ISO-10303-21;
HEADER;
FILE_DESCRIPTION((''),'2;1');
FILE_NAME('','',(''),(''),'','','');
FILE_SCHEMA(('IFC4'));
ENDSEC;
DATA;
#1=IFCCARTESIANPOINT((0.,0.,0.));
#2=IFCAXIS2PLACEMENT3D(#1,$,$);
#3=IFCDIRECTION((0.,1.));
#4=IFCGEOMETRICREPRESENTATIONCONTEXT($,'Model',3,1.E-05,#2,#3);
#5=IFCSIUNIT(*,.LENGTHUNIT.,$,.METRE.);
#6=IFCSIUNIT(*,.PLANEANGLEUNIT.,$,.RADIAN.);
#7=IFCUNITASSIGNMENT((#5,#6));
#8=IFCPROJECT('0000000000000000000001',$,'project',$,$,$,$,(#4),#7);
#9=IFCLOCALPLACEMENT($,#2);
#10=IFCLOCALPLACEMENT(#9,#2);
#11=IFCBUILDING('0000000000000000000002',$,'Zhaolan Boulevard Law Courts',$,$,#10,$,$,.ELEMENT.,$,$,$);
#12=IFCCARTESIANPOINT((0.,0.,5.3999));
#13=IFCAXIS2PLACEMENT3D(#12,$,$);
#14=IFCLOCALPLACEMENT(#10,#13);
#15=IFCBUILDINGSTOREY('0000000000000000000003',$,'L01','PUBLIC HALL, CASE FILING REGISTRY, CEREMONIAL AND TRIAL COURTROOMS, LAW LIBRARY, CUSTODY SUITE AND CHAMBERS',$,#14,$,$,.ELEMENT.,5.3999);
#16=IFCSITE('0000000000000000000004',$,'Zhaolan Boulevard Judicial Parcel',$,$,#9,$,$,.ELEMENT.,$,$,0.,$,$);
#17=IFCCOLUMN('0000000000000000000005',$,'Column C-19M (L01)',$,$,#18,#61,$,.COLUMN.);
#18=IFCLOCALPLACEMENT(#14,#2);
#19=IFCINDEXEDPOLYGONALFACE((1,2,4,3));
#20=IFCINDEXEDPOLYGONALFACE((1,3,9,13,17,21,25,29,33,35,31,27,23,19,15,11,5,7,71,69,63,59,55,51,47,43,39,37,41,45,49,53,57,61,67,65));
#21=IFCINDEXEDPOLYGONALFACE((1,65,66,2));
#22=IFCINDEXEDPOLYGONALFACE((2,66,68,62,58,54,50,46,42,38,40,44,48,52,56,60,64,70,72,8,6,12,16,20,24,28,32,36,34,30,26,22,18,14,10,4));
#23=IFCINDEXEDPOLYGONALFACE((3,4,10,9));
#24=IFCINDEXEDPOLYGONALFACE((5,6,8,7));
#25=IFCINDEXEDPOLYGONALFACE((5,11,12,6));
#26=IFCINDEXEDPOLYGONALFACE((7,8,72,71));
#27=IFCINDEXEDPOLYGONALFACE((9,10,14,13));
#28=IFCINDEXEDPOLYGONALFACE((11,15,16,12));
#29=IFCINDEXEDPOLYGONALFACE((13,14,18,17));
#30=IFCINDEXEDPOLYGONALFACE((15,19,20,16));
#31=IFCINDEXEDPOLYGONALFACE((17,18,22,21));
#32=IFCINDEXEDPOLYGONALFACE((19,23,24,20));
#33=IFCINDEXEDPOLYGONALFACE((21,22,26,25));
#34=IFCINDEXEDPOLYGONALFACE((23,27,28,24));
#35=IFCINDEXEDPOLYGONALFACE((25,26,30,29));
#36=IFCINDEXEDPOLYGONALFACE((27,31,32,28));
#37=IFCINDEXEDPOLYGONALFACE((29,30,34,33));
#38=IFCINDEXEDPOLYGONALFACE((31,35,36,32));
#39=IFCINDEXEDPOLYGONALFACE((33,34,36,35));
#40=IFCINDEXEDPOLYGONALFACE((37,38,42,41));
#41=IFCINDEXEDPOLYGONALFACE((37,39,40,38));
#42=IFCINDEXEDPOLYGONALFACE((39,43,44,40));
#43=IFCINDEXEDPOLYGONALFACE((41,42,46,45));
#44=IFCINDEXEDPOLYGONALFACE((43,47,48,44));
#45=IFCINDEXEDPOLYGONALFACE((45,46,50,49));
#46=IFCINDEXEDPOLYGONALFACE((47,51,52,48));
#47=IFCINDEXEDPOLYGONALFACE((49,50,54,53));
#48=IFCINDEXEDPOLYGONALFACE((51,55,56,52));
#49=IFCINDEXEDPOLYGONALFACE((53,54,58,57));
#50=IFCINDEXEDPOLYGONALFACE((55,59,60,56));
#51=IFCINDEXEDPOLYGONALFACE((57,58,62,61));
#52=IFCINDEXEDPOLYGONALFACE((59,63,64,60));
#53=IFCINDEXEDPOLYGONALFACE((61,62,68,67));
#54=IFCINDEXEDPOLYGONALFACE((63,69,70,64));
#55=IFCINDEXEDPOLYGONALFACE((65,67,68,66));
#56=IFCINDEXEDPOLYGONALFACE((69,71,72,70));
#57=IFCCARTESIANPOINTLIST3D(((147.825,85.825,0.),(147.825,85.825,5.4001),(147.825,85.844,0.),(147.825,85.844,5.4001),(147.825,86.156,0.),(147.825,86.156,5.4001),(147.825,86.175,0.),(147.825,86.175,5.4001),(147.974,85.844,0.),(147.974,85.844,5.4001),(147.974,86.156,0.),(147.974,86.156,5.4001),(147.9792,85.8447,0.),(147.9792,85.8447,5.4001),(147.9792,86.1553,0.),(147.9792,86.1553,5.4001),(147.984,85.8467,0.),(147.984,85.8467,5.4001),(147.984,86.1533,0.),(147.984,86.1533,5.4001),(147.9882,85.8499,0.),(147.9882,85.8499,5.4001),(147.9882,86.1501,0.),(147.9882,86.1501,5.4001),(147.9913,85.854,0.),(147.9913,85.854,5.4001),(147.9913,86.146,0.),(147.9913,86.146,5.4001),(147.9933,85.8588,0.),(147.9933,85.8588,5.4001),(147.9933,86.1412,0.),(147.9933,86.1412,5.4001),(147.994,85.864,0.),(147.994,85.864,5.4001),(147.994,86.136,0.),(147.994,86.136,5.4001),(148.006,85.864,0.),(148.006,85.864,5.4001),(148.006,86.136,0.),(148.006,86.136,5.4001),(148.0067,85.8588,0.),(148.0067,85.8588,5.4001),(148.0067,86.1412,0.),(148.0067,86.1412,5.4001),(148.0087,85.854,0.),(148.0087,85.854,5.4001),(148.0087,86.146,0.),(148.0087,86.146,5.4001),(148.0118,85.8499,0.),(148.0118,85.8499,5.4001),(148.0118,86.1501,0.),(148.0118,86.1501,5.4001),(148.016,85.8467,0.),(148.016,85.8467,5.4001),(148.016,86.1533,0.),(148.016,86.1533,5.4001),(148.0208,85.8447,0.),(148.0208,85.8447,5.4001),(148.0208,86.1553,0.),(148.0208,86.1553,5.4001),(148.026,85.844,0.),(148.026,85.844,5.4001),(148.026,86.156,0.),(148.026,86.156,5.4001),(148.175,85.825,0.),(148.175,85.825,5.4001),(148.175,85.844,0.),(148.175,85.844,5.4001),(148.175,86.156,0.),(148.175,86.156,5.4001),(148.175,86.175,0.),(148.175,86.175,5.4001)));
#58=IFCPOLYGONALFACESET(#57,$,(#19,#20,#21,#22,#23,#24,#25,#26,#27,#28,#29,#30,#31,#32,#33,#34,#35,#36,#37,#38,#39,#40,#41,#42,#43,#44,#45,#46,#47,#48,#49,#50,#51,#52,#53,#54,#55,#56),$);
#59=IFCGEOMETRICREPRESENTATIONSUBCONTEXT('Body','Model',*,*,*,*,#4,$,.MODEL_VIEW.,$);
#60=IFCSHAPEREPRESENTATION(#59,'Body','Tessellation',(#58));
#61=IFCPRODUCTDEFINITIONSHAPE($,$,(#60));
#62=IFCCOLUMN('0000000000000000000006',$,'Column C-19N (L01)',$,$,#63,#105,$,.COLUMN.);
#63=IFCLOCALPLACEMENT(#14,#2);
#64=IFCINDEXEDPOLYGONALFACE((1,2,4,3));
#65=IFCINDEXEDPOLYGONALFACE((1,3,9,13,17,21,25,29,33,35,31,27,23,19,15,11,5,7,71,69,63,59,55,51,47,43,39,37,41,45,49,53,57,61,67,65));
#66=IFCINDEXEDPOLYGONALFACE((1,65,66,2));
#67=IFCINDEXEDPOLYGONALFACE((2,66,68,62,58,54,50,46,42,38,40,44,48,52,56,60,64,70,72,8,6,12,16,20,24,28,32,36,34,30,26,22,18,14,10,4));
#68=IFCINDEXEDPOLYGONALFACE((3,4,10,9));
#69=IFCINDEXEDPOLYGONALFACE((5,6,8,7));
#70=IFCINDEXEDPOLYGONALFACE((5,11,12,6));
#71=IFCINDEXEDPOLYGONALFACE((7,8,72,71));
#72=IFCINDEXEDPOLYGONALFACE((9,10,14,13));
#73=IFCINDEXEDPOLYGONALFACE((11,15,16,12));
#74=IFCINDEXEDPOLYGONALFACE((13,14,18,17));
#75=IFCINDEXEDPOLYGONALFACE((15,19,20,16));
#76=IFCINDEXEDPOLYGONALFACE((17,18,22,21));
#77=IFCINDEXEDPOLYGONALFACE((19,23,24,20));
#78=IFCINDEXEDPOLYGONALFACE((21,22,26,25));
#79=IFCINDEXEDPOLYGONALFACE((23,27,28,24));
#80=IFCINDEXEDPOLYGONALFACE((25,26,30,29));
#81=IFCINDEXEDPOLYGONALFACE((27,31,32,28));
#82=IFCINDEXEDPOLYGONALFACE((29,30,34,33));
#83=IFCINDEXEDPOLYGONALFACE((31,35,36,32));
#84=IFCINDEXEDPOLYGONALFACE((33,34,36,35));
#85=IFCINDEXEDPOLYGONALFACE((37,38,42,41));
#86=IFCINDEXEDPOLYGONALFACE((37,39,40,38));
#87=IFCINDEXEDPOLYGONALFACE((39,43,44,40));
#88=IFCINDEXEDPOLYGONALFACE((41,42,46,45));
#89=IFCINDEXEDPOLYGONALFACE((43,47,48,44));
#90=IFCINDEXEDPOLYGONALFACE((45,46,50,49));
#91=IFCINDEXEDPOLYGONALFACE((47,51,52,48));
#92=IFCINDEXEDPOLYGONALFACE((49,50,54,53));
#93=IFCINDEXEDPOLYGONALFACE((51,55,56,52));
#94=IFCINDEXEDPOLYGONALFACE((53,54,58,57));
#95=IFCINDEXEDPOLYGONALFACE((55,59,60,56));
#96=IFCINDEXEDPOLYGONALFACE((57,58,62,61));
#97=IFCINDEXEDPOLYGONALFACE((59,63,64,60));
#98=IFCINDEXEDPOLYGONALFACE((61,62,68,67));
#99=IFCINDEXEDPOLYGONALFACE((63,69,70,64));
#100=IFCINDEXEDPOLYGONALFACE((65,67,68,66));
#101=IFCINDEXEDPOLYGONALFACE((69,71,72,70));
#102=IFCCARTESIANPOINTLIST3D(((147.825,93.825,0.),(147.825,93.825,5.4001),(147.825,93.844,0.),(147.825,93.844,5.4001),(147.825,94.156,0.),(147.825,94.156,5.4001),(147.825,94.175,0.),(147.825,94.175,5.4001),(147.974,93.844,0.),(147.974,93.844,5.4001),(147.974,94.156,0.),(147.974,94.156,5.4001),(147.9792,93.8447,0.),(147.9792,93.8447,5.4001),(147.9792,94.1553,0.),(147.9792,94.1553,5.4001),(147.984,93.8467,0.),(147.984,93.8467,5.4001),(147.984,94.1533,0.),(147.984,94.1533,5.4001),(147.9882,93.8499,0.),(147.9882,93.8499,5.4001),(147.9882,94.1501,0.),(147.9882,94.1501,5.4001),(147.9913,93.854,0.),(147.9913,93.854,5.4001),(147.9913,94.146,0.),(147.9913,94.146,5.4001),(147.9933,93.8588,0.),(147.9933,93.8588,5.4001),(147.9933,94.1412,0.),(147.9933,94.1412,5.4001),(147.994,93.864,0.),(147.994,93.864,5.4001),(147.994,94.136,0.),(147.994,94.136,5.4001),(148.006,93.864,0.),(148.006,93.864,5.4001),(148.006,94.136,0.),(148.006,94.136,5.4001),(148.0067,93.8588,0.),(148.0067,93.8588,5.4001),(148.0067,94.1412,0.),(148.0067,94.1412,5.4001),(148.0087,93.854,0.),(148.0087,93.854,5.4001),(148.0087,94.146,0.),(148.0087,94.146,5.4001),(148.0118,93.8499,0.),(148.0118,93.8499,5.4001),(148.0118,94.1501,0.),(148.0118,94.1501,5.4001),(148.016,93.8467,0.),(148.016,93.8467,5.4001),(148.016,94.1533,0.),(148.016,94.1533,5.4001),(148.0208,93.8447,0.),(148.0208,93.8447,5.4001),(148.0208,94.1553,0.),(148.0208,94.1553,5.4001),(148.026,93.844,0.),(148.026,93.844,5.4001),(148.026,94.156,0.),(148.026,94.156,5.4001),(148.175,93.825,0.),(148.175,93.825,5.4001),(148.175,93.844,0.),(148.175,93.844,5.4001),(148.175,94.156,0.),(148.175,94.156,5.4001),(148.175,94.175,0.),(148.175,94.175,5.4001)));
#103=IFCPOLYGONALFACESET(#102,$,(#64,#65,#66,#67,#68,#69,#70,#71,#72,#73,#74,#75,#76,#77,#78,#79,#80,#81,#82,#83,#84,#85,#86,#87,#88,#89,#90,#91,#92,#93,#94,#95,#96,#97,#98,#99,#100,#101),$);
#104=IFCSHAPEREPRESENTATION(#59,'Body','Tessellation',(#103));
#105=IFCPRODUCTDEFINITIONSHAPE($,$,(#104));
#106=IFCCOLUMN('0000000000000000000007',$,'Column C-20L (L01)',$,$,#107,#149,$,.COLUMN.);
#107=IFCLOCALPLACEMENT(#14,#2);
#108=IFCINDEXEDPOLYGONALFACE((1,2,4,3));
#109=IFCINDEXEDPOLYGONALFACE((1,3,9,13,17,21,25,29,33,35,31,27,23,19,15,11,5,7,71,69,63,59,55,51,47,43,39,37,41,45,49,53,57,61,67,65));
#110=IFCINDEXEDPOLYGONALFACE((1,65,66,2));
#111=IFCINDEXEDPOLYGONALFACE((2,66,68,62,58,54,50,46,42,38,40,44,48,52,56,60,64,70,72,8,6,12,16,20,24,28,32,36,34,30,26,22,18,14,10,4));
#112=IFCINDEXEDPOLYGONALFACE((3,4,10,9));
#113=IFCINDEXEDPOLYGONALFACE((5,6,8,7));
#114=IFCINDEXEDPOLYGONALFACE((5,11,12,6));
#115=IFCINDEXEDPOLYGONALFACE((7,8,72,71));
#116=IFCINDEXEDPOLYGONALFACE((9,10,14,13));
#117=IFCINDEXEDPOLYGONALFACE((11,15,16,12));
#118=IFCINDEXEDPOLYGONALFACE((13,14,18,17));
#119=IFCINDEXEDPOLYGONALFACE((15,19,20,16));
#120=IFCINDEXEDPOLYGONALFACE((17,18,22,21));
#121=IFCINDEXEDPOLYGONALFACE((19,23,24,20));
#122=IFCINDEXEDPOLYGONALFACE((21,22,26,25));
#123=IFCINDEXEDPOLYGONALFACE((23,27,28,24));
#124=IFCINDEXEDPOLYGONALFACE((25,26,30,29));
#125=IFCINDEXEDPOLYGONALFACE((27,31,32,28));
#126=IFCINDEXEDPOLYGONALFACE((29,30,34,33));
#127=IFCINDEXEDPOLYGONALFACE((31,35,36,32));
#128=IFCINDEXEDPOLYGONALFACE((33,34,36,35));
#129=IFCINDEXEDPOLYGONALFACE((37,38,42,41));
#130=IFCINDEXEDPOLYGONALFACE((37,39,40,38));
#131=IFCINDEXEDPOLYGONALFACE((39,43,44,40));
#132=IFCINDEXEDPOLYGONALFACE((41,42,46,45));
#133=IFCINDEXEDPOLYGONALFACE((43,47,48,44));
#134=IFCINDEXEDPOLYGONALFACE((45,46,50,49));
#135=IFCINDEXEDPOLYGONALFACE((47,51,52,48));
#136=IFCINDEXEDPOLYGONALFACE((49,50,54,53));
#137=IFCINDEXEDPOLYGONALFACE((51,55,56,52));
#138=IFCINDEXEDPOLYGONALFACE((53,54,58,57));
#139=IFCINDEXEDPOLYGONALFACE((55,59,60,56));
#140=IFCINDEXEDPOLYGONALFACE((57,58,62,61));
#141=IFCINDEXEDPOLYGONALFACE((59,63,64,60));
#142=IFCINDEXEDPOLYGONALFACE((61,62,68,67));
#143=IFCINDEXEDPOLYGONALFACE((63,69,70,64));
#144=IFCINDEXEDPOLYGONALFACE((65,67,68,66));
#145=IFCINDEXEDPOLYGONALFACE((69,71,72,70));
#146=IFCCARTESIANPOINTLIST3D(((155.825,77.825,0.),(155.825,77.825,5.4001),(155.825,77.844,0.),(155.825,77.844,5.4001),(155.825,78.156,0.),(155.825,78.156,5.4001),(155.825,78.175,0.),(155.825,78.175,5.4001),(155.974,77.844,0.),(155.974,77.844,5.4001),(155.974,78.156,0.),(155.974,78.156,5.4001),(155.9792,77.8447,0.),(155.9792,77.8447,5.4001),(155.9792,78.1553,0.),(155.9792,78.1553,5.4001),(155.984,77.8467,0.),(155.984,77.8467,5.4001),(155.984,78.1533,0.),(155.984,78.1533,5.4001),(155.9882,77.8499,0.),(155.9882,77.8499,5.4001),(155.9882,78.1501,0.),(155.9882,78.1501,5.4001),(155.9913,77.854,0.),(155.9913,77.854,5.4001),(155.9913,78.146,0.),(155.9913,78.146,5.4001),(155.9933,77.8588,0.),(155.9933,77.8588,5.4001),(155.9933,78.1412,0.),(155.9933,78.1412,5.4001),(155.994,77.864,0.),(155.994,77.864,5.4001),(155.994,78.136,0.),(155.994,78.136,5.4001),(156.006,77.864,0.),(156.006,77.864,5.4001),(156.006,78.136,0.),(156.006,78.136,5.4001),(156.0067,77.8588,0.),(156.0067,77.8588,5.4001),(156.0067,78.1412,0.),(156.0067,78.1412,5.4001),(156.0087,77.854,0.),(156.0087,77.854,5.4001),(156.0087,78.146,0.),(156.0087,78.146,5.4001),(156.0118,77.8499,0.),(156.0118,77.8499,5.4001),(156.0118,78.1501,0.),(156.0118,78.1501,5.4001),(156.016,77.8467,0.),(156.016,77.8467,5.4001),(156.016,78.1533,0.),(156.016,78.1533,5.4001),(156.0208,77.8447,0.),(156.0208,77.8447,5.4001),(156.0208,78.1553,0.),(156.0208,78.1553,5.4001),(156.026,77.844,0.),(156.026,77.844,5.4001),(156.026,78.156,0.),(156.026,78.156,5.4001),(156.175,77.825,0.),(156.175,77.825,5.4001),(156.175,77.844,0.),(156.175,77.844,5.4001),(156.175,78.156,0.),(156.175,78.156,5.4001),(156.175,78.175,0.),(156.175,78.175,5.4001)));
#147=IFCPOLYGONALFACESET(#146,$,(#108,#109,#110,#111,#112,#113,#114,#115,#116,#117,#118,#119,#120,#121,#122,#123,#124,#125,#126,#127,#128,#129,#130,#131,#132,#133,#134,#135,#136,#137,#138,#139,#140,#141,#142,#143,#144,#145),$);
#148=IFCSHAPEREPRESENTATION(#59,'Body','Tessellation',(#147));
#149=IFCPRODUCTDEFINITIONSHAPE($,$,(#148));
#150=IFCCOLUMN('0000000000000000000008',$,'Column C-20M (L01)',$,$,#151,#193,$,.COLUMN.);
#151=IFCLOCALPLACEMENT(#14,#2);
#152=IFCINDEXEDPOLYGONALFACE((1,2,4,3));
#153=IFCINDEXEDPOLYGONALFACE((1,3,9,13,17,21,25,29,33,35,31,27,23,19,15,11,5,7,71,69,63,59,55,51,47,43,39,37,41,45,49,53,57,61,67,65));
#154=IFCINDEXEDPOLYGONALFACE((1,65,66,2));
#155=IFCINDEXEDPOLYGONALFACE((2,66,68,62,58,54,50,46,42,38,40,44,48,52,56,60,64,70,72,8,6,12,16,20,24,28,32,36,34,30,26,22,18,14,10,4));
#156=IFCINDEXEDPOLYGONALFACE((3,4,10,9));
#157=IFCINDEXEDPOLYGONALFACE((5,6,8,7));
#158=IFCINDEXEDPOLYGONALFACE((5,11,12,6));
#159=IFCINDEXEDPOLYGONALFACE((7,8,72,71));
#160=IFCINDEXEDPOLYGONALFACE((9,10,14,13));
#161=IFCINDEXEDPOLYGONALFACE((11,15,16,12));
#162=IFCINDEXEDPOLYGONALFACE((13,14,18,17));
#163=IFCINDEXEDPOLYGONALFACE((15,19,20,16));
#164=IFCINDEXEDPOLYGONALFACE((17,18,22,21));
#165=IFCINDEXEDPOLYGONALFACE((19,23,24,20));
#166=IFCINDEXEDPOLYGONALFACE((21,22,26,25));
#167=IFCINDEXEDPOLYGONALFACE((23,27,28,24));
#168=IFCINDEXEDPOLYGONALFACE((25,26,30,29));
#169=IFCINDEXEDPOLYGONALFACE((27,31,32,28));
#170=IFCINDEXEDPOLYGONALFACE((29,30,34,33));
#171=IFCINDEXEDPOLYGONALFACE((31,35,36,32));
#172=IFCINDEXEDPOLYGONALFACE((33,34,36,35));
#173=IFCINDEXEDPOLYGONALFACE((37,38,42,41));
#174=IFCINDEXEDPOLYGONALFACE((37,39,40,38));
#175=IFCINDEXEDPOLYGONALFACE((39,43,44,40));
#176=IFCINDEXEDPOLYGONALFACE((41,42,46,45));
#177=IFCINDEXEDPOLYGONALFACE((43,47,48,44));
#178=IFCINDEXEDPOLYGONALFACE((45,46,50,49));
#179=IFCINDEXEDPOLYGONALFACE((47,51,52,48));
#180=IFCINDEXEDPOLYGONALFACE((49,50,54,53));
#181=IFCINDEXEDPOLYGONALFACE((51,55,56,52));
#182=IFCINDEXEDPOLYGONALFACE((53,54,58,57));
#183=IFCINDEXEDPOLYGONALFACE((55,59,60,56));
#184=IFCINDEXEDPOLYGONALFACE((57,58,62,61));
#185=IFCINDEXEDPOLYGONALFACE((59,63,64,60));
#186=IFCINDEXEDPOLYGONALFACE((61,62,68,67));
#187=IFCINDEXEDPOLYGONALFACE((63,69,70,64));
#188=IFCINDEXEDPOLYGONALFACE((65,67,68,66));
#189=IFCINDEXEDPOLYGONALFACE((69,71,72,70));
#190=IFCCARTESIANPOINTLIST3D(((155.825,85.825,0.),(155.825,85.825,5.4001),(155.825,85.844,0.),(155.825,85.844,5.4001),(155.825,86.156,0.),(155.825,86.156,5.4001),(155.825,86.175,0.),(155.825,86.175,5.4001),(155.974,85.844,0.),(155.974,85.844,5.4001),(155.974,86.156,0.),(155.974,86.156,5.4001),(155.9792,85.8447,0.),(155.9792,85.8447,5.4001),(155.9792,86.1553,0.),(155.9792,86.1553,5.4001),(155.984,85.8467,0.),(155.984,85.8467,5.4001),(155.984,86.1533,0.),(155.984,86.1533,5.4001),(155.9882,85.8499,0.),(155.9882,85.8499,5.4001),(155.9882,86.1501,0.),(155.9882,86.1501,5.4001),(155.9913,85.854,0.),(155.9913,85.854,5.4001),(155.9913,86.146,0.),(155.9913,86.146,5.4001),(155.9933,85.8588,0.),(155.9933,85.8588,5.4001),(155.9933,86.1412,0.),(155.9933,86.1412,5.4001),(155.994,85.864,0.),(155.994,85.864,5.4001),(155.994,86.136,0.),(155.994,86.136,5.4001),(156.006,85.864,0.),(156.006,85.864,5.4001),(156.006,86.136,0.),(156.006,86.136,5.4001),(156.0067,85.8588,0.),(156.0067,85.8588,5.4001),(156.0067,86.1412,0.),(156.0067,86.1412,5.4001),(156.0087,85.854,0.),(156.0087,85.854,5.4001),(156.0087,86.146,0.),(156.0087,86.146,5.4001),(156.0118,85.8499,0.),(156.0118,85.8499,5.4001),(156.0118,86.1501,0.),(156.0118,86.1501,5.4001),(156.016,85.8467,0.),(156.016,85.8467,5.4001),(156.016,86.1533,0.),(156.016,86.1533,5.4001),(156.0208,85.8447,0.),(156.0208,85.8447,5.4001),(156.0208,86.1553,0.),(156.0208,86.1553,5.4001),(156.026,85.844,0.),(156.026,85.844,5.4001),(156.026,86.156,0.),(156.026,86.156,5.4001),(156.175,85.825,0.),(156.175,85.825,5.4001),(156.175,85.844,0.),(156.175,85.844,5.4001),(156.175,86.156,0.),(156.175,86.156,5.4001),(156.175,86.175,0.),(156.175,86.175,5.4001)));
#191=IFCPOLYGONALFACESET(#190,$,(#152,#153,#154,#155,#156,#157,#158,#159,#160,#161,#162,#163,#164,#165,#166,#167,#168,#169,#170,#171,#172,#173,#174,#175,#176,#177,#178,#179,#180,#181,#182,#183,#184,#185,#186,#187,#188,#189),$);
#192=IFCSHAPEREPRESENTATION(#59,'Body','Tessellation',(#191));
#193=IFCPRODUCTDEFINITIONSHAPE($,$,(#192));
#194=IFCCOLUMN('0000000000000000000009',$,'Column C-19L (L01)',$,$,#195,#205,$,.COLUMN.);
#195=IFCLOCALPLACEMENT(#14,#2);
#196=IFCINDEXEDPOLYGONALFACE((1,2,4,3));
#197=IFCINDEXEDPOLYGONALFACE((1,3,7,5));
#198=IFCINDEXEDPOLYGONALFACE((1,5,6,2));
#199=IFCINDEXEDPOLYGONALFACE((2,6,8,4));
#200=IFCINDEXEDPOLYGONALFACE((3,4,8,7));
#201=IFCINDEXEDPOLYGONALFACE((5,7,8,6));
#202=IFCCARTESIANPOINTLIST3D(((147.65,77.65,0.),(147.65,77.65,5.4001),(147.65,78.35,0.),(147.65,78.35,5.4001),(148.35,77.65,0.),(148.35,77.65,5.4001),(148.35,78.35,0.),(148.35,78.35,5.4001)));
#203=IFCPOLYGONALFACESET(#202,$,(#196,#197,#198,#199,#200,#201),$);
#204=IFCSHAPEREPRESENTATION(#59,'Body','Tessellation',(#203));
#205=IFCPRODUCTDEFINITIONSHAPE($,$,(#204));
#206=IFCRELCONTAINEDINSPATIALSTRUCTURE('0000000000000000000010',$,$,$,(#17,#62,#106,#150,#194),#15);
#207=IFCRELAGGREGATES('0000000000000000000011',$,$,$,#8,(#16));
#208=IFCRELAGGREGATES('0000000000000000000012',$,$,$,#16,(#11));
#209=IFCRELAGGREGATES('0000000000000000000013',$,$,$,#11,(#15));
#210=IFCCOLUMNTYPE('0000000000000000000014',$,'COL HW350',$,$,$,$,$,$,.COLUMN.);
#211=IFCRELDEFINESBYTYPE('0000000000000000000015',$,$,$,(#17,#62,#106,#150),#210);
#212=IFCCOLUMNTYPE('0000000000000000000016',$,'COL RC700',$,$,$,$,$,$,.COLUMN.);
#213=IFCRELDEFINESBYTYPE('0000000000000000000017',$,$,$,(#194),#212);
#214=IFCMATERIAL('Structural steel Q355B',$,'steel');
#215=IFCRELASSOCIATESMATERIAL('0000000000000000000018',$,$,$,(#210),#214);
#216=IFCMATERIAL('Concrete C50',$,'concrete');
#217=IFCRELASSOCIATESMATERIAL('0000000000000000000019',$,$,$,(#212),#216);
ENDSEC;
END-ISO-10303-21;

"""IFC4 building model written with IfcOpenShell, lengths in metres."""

from ifc_helpers import new_model, si_unit, direction, frame, origin, origin_2d, place, context, subcontext, project, spatial, rectangle, i_section, extrude, material, material_profile, profile_set, type_object, element, save


model = new_model("IFC4")

# Units and contexts
model_context = context("Model", 3, precision=1e-05, world=origin(), true_north=direction((0.0, 1.0)))
body_context = subcontext(model_context, "Body", "Model", "MODEL_VIEW")
ifc_project = project(units=[si_unit("LENGTHUNIT", "METRE"), si_unit("PLANEANGLEUNIT", "RADIAN")], contexts=[model_context])

# Site, building, storey
site_placement = place(None, origin())
site = spatial("IfcSite", under=ifc_project, at=site_placement, Name="Zhaolan Boulevard Judicial Parcel", CompositionType="ELEMENT", RefElevation=0.0)
building_placement = place(site_placement, origin())
building = spatial("IfcBuilding", under=site, at=building_placement, Name="Zhaolan Boulevard Law Courts", CompositionType="ELEMENT")
storey_placement = place(building_placement, frame((0.0, 0.0, 5.3999)))
storey = spatial("IfcBuildingStorey", under=building, at=storey_placement, Name="L01", Description="PUBLIC HALL, CASE FILING REGISTRY, CEREMONIAL AND TRIAL COURTROOMS, LAW LIBRARY, CUSTODY SUITE AND CHAMBERS", CompositionType="ELEMENT", Elevation=5.3999)

# Columns
ifc_material_1 = material(Name="Structural steel Q355B", Category="steel")
ifc_material_profile_1 = material_profile(ifc_material_1, i_section(OverallWidth=0.3501, OverallDepth=0.3501, WebThickness=0.012, FlangeThickness=0.019, FilletRadius=0.02, at=origin_2d()), Name="HW350x350")
ifc_profile_set_1 = profile_set([ifc_material_profile_1], Name="Structural steel Q355B")
column_type_1 = type_object("IfcColumnType", Name="COL HW350", PredefinedType="COLUMN", material=ifc_profile_set_1)
for number, where, z_axis, x_axis, name in (
    (1, (148.0, 86.0, 0.0), (0.0, 0.0, 1.0), (1.0, 0.0, 0.0), "Column C-19M (L01)"),
    (2, (148.0, 94.0, 0.0), (0.0, 0.0, 1.0), (1.0, 0.0, 0.0), "Column C-19N (L01)"),
    (3, (156.0, 78.0, 0.0), (0.0, 0.0, 1.0), (1.0, 0.0, 0.0), "Column C-20L (L01)"),
    (4, (156.0, 86.0, 0.0), (0.0, 0.0, 1.0), (1.0, 0.0, 0.0), "Column C-20M (L01)"),
):
    element("IfcColumn", number, at=place(storey_placement, frame(where, z_axis=z_axis, x_axis=x_axis)), inside=storey, type_object=column_type_1, Name=name, PredefinedType="COLUMN", context=body_context, shape_type="SweptSolid", body=[
        extrude(i_section(OverallWidth=0.3501, OverallDepth=0.3501, WebThickness=0.012, FlangeThickness=0.019, FilletRadius=0.02, at=origin_2d()), origin(), (0.0, 0.0, 1.0), 5.4001),
    ])
ifc_material_2 = material(Name="Concrete C50", Category="concrete")
ifc_material_profile_2 = material_profile(ifc_material_2, rectangle(XDim=0.7, YDim=0.7, at=origin_2d()), Name="RC700x700")
ifc_profile_set_2 = profile_set([ifc_material_profile_2], Name="Concrete C50")
column_type_2 = type_object("IfcColumnType", Name="COL RC700", PredefinedType="COLUMN", material=ifc_profile_set_2)
column_placement = place(storey_placement, frame((148.0, 78.0, 0.0), z_axis=(0.0, 0.0, 1.0), x_axis=(1.0, 0.0, 0.0)))
element("IfcColumn", 5, at=column_placement, inside=storey, type_object=column_type_2, Name="Column C-19L (L01)", PredefinedType="COLUMN", context=body_context, shape_type="SweptSolid", body=[
    extrude(rectangle(XDim=0.7, YDim=0.7, at=origin_2d()), origin(), (0.0, 0.0, 1.0), 5.4001),
])

save(model, "model.ifc")
